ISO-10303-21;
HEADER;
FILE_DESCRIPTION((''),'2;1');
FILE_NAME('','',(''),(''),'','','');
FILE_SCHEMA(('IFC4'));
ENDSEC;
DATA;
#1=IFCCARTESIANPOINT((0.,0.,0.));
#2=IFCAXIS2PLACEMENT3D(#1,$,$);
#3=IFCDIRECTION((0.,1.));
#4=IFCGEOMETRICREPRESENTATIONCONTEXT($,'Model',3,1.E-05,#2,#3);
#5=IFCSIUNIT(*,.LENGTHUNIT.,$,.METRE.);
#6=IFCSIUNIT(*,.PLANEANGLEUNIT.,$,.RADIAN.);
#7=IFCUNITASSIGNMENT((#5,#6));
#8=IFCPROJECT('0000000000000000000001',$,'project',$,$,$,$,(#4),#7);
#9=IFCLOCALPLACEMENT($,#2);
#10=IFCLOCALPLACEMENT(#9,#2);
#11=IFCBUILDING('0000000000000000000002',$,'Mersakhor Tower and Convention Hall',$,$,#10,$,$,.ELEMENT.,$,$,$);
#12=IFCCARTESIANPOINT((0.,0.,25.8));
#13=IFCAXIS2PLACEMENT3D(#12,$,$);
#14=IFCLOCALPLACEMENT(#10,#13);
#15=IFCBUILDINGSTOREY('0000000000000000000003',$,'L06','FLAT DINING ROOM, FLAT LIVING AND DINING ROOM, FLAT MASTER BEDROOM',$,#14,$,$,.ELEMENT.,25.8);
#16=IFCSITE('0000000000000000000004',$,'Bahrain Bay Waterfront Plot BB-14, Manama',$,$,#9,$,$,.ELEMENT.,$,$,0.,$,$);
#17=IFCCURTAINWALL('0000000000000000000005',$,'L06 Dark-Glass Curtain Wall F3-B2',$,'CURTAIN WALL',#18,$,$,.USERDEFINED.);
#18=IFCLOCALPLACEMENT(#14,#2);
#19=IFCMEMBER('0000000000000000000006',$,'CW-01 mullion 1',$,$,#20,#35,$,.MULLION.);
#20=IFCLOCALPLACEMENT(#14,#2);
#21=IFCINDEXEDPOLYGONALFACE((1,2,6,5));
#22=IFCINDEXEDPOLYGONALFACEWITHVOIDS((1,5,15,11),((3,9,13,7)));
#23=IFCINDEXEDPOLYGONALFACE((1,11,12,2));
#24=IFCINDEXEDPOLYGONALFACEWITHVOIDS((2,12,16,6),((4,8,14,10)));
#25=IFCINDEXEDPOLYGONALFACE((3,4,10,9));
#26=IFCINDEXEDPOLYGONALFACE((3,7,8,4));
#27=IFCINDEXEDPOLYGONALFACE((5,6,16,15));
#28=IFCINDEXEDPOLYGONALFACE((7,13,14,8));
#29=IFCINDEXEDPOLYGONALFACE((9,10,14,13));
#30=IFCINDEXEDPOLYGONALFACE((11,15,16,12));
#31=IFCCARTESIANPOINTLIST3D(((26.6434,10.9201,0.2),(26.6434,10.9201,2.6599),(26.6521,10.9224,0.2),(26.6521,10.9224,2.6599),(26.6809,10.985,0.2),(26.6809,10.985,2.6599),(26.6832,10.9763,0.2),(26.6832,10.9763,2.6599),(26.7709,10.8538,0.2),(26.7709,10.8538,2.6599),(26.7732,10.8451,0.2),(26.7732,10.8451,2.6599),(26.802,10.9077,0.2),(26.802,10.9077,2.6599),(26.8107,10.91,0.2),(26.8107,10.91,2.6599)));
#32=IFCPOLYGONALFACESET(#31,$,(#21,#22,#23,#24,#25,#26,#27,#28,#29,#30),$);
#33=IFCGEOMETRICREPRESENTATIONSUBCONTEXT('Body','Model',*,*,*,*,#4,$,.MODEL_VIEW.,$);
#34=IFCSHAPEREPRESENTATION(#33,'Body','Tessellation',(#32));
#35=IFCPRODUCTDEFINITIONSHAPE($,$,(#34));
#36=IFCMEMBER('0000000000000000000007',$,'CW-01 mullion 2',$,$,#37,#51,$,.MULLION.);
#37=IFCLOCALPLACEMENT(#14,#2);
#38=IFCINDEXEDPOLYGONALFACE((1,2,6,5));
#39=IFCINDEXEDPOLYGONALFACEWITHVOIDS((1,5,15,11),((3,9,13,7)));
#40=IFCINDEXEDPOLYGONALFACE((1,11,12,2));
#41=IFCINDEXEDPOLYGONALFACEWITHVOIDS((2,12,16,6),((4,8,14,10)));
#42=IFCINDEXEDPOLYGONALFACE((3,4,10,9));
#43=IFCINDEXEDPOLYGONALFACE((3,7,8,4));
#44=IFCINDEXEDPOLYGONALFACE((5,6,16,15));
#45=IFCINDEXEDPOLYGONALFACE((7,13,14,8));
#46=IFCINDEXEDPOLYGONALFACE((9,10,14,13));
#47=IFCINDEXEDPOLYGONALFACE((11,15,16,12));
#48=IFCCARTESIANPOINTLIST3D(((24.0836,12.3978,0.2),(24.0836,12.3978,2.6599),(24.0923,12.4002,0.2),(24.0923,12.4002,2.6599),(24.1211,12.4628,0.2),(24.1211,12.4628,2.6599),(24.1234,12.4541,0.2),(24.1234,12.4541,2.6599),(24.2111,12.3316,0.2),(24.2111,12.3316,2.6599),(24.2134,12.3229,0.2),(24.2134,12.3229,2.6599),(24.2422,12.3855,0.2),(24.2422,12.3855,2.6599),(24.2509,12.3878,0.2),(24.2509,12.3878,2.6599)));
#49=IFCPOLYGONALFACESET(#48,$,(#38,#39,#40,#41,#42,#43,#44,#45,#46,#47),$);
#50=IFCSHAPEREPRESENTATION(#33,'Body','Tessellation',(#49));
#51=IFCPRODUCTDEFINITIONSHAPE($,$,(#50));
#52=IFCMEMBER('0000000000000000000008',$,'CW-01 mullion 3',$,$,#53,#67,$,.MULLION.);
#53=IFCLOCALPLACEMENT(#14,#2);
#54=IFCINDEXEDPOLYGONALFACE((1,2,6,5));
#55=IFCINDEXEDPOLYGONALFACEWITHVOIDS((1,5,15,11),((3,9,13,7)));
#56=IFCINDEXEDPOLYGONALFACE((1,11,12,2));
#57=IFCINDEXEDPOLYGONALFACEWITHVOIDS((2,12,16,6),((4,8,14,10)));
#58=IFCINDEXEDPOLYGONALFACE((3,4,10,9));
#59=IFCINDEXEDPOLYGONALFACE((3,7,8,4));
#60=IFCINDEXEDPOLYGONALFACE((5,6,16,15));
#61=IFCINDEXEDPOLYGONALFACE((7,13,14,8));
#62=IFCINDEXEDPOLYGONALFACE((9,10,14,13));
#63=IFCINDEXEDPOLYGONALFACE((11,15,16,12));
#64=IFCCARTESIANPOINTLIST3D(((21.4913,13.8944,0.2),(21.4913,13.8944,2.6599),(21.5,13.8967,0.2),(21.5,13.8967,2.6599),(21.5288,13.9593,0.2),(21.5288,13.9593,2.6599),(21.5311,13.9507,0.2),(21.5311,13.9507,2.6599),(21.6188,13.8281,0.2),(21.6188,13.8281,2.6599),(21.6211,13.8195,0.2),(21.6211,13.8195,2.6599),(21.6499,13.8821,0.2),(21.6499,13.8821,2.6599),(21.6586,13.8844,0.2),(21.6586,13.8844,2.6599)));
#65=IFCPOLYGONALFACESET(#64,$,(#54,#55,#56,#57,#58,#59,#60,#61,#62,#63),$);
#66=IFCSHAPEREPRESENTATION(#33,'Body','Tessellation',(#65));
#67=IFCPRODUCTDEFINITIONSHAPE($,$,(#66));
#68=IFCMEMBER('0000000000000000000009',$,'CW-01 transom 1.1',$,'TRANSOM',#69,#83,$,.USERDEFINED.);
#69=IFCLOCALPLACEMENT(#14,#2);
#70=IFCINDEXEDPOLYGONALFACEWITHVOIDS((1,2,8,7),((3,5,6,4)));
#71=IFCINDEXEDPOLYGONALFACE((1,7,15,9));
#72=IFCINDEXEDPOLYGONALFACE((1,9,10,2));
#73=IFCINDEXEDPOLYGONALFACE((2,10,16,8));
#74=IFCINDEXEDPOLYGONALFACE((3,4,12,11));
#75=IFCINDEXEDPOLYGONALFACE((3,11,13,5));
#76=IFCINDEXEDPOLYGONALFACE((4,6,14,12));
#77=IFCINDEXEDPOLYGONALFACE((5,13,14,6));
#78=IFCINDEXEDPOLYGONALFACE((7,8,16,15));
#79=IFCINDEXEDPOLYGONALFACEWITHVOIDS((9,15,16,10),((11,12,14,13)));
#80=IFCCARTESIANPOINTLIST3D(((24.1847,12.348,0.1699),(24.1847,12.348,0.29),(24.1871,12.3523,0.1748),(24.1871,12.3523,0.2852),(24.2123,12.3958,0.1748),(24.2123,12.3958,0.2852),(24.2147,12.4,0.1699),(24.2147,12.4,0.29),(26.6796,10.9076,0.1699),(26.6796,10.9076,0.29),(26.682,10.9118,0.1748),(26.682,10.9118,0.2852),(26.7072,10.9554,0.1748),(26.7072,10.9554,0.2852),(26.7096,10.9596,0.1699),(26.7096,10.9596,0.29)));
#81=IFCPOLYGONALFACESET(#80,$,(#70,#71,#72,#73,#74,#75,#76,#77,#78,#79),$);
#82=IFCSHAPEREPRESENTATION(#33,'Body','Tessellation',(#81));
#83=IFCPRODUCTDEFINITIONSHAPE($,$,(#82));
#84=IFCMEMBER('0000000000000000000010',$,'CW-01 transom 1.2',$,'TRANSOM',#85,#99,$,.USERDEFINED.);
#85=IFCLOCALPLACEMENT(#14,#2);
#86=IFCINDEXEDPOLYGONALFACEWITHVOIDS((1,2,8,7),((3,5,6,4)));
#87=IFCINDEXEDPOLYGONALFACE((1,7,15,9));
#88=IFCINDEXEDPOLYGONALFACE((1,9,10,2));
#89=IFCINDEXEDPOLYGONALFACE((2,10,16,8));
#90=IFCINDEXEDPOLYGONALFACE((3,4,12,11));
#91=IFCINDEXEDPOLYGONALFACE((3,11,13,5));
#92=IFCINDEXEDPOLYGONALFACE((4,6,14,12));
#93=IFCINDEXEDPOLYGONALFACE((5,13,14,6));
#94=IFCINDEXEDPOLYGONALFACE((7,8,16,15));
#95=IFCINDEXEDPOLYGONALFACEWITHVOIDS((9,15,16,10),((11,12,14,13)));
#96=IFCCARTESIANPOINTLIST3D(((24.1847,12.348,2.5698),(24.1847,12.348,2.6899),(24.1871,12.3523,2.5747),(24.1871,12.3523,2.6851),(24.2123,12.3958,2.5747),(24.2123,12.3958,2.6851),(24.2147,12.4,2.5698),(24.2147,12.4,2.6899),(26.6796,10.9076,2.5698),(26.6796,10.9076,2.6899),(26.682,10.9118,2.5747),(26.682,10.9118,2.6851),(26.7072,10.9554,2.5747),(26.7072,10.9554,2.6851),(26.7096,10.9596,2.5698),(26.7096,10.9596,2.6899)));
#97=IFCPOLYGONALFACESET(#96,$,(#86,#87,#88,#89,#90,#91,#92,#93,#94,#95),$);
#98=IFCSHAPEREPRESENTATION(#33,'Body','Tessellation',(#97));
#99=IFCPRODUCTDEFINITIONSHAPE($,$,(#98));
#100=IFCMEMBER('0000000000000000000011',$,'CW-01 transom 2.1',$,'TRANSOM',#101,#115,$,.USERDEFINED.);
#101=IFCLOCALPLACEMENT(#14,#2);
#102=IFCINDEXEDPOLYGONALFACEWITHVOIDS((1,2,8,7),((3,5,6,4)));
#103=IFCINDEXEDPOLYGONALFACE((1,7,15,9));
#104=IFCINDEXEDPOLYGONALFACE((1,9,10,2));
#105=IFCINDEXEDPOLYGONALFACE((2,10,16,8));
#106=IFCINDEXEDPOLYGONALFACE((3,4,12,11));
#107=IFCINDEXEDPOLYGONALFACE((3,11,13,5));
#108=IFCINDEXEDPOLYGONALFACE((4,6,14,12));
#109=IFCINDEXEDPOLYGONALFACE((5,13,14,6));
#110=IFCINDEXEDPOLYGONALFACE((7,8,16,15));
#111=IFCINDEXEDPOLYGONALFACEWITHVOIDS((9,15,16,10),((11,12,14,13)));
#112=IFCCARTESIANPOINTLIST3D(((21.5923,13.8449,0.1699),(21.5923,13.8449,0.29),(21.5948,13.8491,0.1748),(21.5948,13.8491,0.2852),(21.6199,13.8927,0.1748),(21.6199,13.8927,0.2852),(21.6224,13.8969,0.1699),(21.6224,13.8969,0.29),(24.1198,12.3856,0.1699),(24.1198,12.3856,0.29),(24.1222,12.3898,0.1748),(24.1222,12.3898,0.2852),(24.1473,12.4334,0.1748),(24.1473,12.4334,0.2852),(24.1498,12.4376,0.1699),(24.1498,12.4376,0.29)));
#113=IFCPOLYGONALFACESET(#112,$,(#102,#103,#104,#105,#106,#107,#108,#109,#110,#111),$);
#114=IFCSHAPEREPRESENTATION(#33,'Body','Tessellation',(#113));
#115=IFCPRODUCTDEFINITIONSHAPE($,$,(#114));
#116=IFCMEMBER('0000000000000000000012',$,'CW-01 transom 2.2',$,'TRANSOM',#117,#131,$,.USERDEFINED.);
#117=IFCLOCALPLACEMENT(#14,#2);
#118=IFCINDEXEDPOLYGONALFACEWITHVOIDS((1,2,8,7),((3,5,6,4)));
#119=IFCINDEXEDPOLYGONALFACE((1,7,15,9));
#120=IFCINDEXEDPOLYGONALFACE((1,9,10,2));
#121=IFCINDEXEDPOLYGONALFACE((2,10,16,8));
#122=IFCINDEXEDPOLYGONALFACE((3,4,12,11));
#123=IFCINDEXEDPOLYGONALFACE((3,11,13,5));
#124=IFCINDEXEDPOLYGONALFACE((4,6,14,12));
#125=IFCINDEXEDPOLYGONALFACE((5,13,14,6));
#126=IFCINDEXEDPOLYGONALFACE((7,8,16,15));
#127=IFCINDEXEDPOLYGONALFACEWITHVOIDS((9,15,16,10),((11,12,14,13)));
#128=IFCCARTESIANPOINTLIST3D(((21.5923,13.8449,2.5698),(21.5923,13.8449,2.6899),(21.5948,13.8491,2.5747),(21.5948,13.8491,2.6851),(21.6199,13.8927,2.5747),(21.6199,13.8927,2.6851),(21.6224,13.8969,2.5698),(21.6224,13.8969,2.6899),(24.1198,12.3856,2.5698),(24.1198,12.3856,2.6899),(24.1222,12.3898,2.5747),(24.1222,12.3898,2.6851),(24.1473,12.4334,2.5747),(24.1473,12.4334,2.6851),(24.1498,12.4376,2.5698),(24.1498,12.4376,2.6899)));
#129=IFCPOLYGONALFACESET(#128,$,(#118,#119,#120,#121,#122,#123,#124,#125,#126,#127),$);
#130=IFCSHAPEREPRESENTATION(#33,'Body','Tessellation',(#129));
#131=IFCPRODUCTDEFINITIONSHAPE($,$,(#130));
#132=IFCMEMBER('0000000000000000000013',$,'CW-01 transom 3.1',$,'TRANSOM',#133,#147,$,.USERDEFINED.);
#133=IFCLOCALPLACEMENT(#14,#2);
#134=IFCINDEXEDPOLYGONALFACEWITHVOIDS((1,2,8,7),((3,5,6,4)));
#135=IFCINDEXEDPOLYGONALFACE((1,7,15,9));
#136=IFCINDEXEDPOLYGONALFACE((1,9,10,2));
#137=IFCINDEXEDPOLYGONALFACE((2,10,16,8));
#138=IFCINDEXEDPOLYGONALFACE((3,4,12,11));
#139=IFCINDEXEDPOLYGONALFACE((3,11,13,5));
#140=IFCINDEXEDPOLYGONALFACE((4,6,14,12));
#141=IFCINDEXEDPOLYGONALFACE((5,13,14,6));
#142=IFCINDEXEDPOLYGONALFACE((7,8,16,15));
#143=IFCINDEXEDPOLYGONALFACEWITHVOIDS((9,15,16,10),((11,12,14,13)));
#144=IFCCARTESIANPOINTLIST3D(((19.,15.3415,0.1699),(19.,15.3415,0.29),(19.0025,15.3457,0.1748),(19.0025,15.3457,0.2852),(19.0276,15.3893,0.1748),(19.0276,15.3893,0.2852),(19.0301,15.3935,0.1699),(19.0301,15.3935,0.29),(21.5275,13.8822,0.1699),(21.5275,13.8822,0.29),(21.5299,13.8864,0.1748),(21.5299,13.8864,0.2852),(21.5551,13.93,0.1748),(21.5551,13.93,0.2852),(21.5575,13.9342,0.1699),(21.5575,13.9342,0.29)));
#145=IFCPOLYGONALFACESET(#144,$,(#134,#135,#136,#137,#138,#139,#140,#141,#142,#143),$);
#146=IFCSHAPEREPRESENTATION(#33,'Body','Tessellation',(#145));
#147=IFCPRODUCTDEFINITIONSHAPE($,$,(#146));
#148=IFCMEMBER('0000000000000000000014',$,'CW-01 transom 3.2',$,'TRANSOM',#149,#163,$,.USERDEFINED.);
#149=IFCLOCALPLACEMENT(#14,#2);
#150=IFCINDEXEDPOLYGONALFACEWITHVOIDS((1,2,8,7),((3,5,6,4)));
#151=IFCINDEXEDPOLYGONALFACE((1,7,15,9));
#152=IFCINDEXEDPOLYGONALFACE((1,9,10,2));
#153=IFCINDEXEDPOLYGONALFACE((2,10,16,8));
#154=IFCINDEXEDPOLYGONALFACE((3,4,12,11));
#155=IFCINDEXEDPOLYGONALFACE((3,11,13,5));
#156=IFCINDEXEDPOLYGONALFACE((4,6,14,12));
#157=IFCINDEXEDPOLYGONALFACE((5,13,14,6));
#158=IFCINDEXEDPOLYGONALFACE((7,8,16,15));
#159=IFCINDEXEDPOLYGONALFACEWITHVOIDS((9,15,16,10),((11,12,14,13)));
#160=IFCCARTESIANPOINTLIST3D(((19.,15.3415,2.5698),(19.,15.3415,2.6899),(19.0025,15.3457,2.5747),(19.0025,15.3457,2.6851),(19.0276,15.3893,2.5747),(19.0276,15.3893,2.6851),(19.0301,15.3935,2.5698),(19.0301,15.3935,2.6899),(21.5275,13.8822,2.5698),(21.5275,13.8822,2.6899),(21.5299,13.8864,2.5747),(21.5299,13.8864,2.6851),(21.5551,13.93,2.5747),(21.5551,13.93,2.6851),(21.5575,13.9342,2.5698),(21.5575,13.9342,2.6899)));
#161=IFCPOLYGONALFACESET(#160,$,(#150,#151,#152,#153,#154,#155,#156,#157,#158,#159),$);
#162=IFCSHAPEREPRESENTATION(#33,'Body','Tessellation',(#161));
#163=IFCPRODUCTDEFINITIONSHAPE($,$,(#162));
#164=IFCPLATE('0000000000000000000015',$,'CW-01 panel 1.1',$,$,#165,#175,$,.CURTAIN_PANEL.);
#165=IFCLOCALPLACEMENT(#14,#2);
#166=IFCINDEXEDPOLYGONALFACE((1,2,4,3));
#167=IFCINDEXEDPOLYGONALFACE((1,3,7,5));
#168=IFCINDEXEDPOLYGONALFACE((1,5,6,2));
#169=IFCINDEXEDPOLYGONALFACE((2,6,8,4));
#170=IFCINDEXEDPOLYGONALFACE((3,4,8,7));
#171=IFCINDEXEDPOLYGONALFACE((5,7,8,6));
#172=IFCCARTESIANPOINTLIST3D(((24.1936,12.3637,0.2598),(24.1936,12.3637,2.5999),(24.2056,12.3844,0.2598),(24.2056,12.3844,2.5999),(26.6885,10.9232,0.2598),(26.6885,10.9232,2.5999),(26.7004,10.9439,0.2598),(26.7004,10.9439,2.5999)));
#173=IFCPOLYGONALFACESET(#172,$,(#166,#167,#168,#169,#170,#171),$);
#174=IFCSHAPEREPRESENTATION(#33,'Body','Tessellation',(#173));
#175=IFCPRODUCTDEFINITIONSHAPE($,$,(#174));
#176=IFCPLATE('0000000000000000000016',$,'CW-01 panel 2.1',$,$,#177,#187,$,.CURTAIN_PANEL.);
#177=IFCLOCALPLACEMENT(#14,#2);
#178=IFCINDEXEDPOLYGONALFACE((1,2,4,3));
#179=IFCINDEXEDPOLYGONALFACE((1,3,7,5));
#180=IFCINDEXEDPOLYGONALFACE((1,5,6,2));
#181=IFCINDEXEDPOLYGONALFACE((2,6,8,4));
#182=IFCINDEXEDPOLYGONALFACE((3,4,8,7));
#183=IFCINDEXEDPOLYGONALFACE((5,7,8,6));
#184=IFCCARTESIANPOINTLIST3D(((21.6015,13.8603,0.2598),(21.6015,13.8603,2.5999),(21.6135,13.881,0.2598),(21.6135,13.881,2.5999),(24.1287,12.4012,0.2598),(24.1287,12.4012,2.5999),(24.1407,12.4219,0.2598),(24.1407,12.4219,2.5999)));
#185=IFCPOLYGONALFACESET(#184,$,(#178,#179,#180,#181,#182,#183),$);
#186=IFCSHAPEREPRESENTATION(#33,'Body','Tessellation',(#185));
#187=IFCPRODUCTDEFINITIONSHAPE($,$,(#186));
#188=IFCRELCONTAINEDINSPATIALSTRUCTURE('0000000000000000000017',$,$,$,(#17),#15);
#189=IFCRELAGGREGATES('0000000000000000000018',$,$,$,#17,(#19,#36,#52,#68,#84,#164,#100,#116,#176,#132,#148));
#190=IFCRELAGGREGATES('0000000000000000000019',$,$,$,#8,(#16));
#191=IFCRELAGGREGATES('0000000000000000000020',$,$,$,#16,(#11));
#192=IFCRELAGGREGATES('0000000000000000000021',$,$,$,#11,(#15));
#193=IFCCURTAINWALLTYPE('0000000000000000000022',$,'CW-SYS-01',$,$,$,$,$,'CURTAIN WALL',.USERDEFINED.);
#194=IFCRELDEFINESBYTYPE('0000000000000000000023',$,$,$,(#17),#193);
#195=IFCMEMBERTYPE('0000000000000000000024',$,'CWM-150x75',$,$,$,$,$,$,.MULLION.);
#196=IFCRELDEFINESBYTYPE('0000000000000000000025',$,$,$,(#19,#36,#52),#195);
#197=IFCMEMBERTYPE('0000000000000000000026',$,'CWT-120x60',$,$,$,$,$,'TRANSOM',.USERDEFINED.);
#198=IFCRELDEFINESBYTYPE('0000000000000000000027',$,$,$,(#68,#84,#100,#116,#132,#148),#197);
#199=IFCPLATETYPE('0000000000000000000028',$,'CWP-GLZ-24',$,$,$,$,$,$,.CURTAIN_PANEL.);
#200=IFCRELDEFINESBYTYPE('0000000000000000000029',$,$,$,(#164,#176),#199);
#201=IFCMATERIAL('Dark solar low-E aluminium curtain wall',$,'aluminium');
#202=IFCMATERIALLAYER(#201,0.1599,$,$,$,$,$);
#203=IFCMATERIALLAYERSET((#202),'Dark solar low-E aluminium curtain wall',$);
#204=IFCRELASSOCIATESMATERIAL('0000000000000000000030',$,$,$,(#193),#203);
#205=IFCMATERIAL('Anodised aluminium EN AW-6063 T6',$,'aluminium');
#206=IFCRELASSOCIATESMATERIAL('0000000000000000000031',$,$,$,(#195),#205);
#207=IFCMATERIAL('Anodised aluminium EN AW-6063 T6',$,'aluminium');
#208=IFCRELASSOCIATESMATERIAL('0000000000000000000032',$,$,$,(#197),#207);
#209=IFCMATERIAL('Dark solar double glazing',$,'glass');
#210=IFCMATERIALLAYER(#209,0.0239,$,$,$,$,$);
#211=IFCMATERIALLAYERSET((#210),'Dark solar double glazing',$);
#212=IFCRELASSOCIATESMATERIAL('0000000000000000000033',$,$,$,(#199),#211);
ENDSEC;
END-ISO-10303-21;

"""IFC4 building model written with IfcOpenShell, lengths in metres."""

from ifc_helpers import new_model, si_unit, direction, frame, origin, origin_2d, place, context, subcontext, project, spatial, rectangle, hollow_rectangle, extrude, material, layer, layer_set, material_profile, profile_set, type_object, element, aggregate, save


model = new_model("IFC4")

# Units and contexts
model_context = context("Model", 3, precision=1e-05, world=origin(), true_north=direction((0.0, 1.0)))
body_context = subcontext(model_context, "Body", "Model", "MODEL_VIEW")
ifc_project = project(units=[si_unit("LENGTHUNIT", "METRE"), si_unit("PLANEANGLEUNIT", "RADIAN")], contexts=[model_context])

# Site, building, storey
site_placement = place(None, origin())
site = spatial("IfcSite", under=ifc_project, at=site_placement, Name="Bahrain Bay Waterfront Plot BB-14, Manama", CompositionType="ELEMENT", RefElevation=0.0)
building_placement = place(site_placement, origin())
building = spatial("IfcBuilding", under=site, at=building_placement, Name="Mersakhor Tower and Convention Hall", CompositionType="ELEMENT")
storey_placement = place(building_placement, frame((0.0, 0.0, 25.8)))
storey = spatial("IfcBuildingStorey", under=building, at=storey_placement, Name="L06", Description="FLAT DINING ROOM, FLAT LIVING AND DINING ROOM, FLAT MASTER BEDROOM", CompositionType="ELEMENT", Elevation=25.8)

# Curtain wall, members, plates
ifc_material_1 = material(Name="Dark solar low-E aluminium curtain wall", Category="aluminium")
ifc_layer_1 = layer(ifc_material_1, 0.1599)
ifc_layer_set_1 = layer_set([ifc_layer_1], Name="Dark solar low-E aluminium curtain wall")
curtain_wall_type = type_object("IfcCurtainWallType", Name="CW-SYS-01", ElementType="CURTAIN WALL", PredefinedType="USERDEFINED", material=ifc_layer_set_1)
curtain_wall_placement = place(storey_placement, origin())
curtain_wall = element("IfcCurtainWall", 1, at=curtain_wall_placement, inside=storey, type_object=curtain_wall_type, Name="L06 Dark-Glass Curtain Wall F3-B2", ObjectType="CURTAIN WALL", PredefinedType="USERDEFINED")
ifc_material_2 = material(Name="Anodised aluminium EN AW-6063 T6", Category="aluminium")
ifc_material_profile_1 = material_profile(ifc_material_2, hollow_rectangle(XDim=0.075, YDim=0.1499, WallThickness=0.0063, at=origin_2d()), Name="RHS 150x75x6.3")
ifc_profile_set_1 = profile_set([ifc_material_profile_1], Name="Anodised aluminium EN AW-6063 T6")
member_type_1 = type_object("IfcMemberType", Name="CWM-150x75", PredefinedType="MULLION", material=ifc_profile_set_1)
member_1_placement = place(storey_placement, frame((26.7271, 10.915, 0.2), z_axis=(0.0, 0.0, 1.0), x_axis=(-0.500003, -0.866023, 0.0)))
member_1 = element("IfcMember", 2, at=member_1_placement, type_object=member_type_1, Name="CW-01 mullion 1", PredefinedType="MULLION", context=body_context, shape_type="SweptSolid", body=[
    extrude(hollow_rectangle(XDim=0.075, YDim=0.1499, WallThickness=0.0063, at=origin_2d()), origin(), (0.0, 0.0, 1.0), 2.46),
])
member_2_placement = place(storey_placement, frame((24.1672, 12.3928, 0.2), z_axis=(0.0, 0.0, 1.0), x_axis=(-0.500003, -0.866023, 0.0)))
member_2 = element("IfcMember", 3, at=member_2_placement, type_object=member_type_1, Name="CW-01 mullion 2", PredefinedType="MULLION", context=body_context, shape_type="SweptSolid", body=[
    extrude(hollow_rectangle(XDim=0.075, YDim=0.1499, WallThickness=0.0063, at=origin_2d()), origin(), (0.0, 0.0, 1.0), 2.46),
])
member_3_placement = place(storey_placement, frame((21.575, 13.8894, 0.2), z_axis=(0.0, 0.0, 1.0), x_axis=(-0.500003, -0.866023, 0.0)))
member_3 = element("IfcMember", 4, at=member_3_placement, type_object=member_type_1, Name="CW-01 mullion 3", PredefinedType="MULLION", context=body_context, shape_type="SweptSolid", body=[
    extrude(hollow_rectangle(XDim=0.075, YDim=0.1499, WallThickness=0.0063, at=origin_2d()), origin(), (0.0, 0.0, 1.0), 2.46),
])
ifc_material_3 = material(Name="Anodised aluminium EN AW-6063 T6", Category="aluminium")
ifc_material_profile_2 = material_profile(ifc_material_3, hollow_rectangle(XDim=0.0601, YDim=0.1201, WallThickness=0.0049, at=origin_2d()), Name="RHS 120x60x5")
ifc_profile_set_2 = profile_set([ifc_material_profile_2], Name="Anodised aluminium EN AW-6063 T6")
member_type_2 = type_object("IfcMemberType", Name="CWT-120x60", ElementType="TRANSOM", PredefinedType="USERDEFINED", material=ifc_profile_set_2)
member_4_placement = place(storey_placement, frame((26.6946, 10.9336, 0.23), z_axis=(-0.866023, 0.500004, 0.0), x_axis=(-0.500004, -0.866023, 0.0)))
member_4 = element("IfcMember", 5, at=member_4_placement, type_object=member_type_2, Name="CW-01 transom 1.1", ObjectType="TRANSOM", PredefinedType="USERDEFINED", context=body_context, shape_type="SweptSolid", body=[
    extrude(hollow_rectangle(XDim=0.0601, YDim=0.1201, WallThickness=0.0049, at=origin_2d()), origin(), (0.0, 0.0, 1.0), 2.8809),
])
member_5_placement = place(storey_placement, frame((26.6946, 10.9336, 2.6299), z_axis=(-0.866023, 0.500004, 0.0), x_axis=(-0.500004, -0.866023, 0.0)))
member_5 = element("IfcMember", 6, at=member_5_placement, type_object=member_type_2, Name="CW-01 transom 1.2", ObjectType="TRANSOM", PredefinedType="USERDEFINED", context=body_context, shape_type="SweptSolid", body=[
    extrude(hollow_rectangle(XDim=0.0601, YDim=0.1201, WallThickness=0.0049, at=origin_2d()), origin(), (0.0, 0.0, 1.0), 2.8809),
])
member_6_placement = place(storey_placement, frame((24.1348, 12.4116, 0.23), z_axis=(-0.866016, 0.500017, 0.0), x_axis=(-0.500017, -0.866016, 0.0)))
member_6 = element("IfcMember", 7, at=member_6_placement, type_object=member_type_2, Name="CW-01 transom 2.1", ObjectType="TRANSOM", PredefinedType="USERDEFINED", context=body_context, shape_type="SweptSolid", body=[
    extrude(hollow_rectangle(XDim=0.0601, YDim=0.1201, WallThickness=0.0049, at=origin_2d()), origin(), (0.0, 0.0, 1.0), 2.9185),
])
member_7_placement = place(storey_placement, frame((24.1348, 12.4116, 2.6299), z_axis=(-0.866016, 0.500017, 0.0), x_axis=(-0.500017, -0.866016, 0.0)))
member_7 = element("IfcMember", 8, at=member_7_placement, type_object=member_type_2, Name="CW-01 transom 2.2", ObjectType="TRANSOM", PredefinedType="USERDEFINED", context=body_context, shape_type="SweptSolid", body=[
    extrude(hollow_rectangle(XDim=0.0601, YDim=0.1201, WallThickness=0.0049, at=origin_2d()), origin(), (0.0, 0.0, 1.0), 2.9185),
])
member_8_placement = place(storey_placement, frame((21.5425, 13.9082, 0.23), z_axis=(-0.866016, 0.500017, 0.0), x_axis=(-0.500017, -0.866016, 0.0)))
member_8 = element("IfcMember", 9, at=member_8_placement, type_object=member_type_2, Name="CW-01 transom 3.1", ObjectType="TRANSOM", PredefinedType="USERDEFINED", context=body_context, shape_type="SweptSolid", body=[
    extrude(hollow_rectangle(XDim=0.0601, YDim=0.1201, WallThickness=0.0049, at=origin_2d()), origin(), (0.0, 0.0, 1.0), 2.9185),
])
member_9_placement = place(storey_placement, frame((21.5425, 13.9082, 2.6299), z_axis=(-0.866016, 0.500017, 0.0), x_axis=(-0.500017, -0.866016, 0.0)))
member_9 = element("IfcMember", 10, at=member_9_placement, type_object=member_type_2, Name="CW-01 transom 3.2", ObjectType="TRANSOM", PredefinedType="USERDEFINED", context=body_context, shape_type="SweptSolid", body=[
    extrude(hollow_rectangle(XDim=0.0601, YDim=0.1201, WallThickness=0.0049, at=origin_2d()), origin(), (0.0, 0.0, 1.0), 2.9185),
])
ifc_material_4 = material(Name="Dark solar double glazing", Category="glass")
ifc_layer_2 = layer(ifc_material_4, 0.0239)
ifc_layer_set_2 = layer_set([ifc_layer_2], Name="Dark solar double glazing")
plate_type_1 = type_object("IfcPlateType", Name="CWP-GLZ-24", PredefinedType="CURTAIN_PANEL", material=ifc_layer_set_2)
plate_1_placement = place(storey_placement, frame((25.447, 11.6538, 0.2598), z_axis=(0.0, 0.0, 1.0), x_axis=(-0.866023, 0.500003, 0.0)))
plate_1 = element("IfcPlate", 11, at=plate_1_placement, type_object=plate_type_1, Name="CW-01 panel 1.1", PredefinedType="CURTAIN_PANEL", context=body_context, shape_type="SweptSolid", body=[
    extrude(rectangle(XDim=2.8809, YDim=0.0239, at=origin_2d()), origin(), (0.0, 0.0, 1.0), 2.3401),
])
plate_2_placement = place(storey_placement, frame((22.8711, 13.1411, 0.2598), z_axis=(0.0, 0.0, 1.0), x_axis=(-0.866023, 0.500003, 0.0)))
plate_2 = element("IfcPlate", 12, at=plate_2_placement, type_object=plate_type_1, Name="CW-01 panel 2.1", PredefinedType="CURTAIN_PANEL", context=body_context, shape_type="SweptSolid", body=[
    extrude(rectangle(XDim=2.9182, YDim=0.0239, at=origin_2d()), origin(), (0.0, 0.0, 1.0), 2.3401),
])
aggregate(curtain_wall, [member_1, member_2, member_3, member_4, member_5, plate_1, member_6, member_7, plate_2, member_8, member_9])

save(model, "model.ifc")
